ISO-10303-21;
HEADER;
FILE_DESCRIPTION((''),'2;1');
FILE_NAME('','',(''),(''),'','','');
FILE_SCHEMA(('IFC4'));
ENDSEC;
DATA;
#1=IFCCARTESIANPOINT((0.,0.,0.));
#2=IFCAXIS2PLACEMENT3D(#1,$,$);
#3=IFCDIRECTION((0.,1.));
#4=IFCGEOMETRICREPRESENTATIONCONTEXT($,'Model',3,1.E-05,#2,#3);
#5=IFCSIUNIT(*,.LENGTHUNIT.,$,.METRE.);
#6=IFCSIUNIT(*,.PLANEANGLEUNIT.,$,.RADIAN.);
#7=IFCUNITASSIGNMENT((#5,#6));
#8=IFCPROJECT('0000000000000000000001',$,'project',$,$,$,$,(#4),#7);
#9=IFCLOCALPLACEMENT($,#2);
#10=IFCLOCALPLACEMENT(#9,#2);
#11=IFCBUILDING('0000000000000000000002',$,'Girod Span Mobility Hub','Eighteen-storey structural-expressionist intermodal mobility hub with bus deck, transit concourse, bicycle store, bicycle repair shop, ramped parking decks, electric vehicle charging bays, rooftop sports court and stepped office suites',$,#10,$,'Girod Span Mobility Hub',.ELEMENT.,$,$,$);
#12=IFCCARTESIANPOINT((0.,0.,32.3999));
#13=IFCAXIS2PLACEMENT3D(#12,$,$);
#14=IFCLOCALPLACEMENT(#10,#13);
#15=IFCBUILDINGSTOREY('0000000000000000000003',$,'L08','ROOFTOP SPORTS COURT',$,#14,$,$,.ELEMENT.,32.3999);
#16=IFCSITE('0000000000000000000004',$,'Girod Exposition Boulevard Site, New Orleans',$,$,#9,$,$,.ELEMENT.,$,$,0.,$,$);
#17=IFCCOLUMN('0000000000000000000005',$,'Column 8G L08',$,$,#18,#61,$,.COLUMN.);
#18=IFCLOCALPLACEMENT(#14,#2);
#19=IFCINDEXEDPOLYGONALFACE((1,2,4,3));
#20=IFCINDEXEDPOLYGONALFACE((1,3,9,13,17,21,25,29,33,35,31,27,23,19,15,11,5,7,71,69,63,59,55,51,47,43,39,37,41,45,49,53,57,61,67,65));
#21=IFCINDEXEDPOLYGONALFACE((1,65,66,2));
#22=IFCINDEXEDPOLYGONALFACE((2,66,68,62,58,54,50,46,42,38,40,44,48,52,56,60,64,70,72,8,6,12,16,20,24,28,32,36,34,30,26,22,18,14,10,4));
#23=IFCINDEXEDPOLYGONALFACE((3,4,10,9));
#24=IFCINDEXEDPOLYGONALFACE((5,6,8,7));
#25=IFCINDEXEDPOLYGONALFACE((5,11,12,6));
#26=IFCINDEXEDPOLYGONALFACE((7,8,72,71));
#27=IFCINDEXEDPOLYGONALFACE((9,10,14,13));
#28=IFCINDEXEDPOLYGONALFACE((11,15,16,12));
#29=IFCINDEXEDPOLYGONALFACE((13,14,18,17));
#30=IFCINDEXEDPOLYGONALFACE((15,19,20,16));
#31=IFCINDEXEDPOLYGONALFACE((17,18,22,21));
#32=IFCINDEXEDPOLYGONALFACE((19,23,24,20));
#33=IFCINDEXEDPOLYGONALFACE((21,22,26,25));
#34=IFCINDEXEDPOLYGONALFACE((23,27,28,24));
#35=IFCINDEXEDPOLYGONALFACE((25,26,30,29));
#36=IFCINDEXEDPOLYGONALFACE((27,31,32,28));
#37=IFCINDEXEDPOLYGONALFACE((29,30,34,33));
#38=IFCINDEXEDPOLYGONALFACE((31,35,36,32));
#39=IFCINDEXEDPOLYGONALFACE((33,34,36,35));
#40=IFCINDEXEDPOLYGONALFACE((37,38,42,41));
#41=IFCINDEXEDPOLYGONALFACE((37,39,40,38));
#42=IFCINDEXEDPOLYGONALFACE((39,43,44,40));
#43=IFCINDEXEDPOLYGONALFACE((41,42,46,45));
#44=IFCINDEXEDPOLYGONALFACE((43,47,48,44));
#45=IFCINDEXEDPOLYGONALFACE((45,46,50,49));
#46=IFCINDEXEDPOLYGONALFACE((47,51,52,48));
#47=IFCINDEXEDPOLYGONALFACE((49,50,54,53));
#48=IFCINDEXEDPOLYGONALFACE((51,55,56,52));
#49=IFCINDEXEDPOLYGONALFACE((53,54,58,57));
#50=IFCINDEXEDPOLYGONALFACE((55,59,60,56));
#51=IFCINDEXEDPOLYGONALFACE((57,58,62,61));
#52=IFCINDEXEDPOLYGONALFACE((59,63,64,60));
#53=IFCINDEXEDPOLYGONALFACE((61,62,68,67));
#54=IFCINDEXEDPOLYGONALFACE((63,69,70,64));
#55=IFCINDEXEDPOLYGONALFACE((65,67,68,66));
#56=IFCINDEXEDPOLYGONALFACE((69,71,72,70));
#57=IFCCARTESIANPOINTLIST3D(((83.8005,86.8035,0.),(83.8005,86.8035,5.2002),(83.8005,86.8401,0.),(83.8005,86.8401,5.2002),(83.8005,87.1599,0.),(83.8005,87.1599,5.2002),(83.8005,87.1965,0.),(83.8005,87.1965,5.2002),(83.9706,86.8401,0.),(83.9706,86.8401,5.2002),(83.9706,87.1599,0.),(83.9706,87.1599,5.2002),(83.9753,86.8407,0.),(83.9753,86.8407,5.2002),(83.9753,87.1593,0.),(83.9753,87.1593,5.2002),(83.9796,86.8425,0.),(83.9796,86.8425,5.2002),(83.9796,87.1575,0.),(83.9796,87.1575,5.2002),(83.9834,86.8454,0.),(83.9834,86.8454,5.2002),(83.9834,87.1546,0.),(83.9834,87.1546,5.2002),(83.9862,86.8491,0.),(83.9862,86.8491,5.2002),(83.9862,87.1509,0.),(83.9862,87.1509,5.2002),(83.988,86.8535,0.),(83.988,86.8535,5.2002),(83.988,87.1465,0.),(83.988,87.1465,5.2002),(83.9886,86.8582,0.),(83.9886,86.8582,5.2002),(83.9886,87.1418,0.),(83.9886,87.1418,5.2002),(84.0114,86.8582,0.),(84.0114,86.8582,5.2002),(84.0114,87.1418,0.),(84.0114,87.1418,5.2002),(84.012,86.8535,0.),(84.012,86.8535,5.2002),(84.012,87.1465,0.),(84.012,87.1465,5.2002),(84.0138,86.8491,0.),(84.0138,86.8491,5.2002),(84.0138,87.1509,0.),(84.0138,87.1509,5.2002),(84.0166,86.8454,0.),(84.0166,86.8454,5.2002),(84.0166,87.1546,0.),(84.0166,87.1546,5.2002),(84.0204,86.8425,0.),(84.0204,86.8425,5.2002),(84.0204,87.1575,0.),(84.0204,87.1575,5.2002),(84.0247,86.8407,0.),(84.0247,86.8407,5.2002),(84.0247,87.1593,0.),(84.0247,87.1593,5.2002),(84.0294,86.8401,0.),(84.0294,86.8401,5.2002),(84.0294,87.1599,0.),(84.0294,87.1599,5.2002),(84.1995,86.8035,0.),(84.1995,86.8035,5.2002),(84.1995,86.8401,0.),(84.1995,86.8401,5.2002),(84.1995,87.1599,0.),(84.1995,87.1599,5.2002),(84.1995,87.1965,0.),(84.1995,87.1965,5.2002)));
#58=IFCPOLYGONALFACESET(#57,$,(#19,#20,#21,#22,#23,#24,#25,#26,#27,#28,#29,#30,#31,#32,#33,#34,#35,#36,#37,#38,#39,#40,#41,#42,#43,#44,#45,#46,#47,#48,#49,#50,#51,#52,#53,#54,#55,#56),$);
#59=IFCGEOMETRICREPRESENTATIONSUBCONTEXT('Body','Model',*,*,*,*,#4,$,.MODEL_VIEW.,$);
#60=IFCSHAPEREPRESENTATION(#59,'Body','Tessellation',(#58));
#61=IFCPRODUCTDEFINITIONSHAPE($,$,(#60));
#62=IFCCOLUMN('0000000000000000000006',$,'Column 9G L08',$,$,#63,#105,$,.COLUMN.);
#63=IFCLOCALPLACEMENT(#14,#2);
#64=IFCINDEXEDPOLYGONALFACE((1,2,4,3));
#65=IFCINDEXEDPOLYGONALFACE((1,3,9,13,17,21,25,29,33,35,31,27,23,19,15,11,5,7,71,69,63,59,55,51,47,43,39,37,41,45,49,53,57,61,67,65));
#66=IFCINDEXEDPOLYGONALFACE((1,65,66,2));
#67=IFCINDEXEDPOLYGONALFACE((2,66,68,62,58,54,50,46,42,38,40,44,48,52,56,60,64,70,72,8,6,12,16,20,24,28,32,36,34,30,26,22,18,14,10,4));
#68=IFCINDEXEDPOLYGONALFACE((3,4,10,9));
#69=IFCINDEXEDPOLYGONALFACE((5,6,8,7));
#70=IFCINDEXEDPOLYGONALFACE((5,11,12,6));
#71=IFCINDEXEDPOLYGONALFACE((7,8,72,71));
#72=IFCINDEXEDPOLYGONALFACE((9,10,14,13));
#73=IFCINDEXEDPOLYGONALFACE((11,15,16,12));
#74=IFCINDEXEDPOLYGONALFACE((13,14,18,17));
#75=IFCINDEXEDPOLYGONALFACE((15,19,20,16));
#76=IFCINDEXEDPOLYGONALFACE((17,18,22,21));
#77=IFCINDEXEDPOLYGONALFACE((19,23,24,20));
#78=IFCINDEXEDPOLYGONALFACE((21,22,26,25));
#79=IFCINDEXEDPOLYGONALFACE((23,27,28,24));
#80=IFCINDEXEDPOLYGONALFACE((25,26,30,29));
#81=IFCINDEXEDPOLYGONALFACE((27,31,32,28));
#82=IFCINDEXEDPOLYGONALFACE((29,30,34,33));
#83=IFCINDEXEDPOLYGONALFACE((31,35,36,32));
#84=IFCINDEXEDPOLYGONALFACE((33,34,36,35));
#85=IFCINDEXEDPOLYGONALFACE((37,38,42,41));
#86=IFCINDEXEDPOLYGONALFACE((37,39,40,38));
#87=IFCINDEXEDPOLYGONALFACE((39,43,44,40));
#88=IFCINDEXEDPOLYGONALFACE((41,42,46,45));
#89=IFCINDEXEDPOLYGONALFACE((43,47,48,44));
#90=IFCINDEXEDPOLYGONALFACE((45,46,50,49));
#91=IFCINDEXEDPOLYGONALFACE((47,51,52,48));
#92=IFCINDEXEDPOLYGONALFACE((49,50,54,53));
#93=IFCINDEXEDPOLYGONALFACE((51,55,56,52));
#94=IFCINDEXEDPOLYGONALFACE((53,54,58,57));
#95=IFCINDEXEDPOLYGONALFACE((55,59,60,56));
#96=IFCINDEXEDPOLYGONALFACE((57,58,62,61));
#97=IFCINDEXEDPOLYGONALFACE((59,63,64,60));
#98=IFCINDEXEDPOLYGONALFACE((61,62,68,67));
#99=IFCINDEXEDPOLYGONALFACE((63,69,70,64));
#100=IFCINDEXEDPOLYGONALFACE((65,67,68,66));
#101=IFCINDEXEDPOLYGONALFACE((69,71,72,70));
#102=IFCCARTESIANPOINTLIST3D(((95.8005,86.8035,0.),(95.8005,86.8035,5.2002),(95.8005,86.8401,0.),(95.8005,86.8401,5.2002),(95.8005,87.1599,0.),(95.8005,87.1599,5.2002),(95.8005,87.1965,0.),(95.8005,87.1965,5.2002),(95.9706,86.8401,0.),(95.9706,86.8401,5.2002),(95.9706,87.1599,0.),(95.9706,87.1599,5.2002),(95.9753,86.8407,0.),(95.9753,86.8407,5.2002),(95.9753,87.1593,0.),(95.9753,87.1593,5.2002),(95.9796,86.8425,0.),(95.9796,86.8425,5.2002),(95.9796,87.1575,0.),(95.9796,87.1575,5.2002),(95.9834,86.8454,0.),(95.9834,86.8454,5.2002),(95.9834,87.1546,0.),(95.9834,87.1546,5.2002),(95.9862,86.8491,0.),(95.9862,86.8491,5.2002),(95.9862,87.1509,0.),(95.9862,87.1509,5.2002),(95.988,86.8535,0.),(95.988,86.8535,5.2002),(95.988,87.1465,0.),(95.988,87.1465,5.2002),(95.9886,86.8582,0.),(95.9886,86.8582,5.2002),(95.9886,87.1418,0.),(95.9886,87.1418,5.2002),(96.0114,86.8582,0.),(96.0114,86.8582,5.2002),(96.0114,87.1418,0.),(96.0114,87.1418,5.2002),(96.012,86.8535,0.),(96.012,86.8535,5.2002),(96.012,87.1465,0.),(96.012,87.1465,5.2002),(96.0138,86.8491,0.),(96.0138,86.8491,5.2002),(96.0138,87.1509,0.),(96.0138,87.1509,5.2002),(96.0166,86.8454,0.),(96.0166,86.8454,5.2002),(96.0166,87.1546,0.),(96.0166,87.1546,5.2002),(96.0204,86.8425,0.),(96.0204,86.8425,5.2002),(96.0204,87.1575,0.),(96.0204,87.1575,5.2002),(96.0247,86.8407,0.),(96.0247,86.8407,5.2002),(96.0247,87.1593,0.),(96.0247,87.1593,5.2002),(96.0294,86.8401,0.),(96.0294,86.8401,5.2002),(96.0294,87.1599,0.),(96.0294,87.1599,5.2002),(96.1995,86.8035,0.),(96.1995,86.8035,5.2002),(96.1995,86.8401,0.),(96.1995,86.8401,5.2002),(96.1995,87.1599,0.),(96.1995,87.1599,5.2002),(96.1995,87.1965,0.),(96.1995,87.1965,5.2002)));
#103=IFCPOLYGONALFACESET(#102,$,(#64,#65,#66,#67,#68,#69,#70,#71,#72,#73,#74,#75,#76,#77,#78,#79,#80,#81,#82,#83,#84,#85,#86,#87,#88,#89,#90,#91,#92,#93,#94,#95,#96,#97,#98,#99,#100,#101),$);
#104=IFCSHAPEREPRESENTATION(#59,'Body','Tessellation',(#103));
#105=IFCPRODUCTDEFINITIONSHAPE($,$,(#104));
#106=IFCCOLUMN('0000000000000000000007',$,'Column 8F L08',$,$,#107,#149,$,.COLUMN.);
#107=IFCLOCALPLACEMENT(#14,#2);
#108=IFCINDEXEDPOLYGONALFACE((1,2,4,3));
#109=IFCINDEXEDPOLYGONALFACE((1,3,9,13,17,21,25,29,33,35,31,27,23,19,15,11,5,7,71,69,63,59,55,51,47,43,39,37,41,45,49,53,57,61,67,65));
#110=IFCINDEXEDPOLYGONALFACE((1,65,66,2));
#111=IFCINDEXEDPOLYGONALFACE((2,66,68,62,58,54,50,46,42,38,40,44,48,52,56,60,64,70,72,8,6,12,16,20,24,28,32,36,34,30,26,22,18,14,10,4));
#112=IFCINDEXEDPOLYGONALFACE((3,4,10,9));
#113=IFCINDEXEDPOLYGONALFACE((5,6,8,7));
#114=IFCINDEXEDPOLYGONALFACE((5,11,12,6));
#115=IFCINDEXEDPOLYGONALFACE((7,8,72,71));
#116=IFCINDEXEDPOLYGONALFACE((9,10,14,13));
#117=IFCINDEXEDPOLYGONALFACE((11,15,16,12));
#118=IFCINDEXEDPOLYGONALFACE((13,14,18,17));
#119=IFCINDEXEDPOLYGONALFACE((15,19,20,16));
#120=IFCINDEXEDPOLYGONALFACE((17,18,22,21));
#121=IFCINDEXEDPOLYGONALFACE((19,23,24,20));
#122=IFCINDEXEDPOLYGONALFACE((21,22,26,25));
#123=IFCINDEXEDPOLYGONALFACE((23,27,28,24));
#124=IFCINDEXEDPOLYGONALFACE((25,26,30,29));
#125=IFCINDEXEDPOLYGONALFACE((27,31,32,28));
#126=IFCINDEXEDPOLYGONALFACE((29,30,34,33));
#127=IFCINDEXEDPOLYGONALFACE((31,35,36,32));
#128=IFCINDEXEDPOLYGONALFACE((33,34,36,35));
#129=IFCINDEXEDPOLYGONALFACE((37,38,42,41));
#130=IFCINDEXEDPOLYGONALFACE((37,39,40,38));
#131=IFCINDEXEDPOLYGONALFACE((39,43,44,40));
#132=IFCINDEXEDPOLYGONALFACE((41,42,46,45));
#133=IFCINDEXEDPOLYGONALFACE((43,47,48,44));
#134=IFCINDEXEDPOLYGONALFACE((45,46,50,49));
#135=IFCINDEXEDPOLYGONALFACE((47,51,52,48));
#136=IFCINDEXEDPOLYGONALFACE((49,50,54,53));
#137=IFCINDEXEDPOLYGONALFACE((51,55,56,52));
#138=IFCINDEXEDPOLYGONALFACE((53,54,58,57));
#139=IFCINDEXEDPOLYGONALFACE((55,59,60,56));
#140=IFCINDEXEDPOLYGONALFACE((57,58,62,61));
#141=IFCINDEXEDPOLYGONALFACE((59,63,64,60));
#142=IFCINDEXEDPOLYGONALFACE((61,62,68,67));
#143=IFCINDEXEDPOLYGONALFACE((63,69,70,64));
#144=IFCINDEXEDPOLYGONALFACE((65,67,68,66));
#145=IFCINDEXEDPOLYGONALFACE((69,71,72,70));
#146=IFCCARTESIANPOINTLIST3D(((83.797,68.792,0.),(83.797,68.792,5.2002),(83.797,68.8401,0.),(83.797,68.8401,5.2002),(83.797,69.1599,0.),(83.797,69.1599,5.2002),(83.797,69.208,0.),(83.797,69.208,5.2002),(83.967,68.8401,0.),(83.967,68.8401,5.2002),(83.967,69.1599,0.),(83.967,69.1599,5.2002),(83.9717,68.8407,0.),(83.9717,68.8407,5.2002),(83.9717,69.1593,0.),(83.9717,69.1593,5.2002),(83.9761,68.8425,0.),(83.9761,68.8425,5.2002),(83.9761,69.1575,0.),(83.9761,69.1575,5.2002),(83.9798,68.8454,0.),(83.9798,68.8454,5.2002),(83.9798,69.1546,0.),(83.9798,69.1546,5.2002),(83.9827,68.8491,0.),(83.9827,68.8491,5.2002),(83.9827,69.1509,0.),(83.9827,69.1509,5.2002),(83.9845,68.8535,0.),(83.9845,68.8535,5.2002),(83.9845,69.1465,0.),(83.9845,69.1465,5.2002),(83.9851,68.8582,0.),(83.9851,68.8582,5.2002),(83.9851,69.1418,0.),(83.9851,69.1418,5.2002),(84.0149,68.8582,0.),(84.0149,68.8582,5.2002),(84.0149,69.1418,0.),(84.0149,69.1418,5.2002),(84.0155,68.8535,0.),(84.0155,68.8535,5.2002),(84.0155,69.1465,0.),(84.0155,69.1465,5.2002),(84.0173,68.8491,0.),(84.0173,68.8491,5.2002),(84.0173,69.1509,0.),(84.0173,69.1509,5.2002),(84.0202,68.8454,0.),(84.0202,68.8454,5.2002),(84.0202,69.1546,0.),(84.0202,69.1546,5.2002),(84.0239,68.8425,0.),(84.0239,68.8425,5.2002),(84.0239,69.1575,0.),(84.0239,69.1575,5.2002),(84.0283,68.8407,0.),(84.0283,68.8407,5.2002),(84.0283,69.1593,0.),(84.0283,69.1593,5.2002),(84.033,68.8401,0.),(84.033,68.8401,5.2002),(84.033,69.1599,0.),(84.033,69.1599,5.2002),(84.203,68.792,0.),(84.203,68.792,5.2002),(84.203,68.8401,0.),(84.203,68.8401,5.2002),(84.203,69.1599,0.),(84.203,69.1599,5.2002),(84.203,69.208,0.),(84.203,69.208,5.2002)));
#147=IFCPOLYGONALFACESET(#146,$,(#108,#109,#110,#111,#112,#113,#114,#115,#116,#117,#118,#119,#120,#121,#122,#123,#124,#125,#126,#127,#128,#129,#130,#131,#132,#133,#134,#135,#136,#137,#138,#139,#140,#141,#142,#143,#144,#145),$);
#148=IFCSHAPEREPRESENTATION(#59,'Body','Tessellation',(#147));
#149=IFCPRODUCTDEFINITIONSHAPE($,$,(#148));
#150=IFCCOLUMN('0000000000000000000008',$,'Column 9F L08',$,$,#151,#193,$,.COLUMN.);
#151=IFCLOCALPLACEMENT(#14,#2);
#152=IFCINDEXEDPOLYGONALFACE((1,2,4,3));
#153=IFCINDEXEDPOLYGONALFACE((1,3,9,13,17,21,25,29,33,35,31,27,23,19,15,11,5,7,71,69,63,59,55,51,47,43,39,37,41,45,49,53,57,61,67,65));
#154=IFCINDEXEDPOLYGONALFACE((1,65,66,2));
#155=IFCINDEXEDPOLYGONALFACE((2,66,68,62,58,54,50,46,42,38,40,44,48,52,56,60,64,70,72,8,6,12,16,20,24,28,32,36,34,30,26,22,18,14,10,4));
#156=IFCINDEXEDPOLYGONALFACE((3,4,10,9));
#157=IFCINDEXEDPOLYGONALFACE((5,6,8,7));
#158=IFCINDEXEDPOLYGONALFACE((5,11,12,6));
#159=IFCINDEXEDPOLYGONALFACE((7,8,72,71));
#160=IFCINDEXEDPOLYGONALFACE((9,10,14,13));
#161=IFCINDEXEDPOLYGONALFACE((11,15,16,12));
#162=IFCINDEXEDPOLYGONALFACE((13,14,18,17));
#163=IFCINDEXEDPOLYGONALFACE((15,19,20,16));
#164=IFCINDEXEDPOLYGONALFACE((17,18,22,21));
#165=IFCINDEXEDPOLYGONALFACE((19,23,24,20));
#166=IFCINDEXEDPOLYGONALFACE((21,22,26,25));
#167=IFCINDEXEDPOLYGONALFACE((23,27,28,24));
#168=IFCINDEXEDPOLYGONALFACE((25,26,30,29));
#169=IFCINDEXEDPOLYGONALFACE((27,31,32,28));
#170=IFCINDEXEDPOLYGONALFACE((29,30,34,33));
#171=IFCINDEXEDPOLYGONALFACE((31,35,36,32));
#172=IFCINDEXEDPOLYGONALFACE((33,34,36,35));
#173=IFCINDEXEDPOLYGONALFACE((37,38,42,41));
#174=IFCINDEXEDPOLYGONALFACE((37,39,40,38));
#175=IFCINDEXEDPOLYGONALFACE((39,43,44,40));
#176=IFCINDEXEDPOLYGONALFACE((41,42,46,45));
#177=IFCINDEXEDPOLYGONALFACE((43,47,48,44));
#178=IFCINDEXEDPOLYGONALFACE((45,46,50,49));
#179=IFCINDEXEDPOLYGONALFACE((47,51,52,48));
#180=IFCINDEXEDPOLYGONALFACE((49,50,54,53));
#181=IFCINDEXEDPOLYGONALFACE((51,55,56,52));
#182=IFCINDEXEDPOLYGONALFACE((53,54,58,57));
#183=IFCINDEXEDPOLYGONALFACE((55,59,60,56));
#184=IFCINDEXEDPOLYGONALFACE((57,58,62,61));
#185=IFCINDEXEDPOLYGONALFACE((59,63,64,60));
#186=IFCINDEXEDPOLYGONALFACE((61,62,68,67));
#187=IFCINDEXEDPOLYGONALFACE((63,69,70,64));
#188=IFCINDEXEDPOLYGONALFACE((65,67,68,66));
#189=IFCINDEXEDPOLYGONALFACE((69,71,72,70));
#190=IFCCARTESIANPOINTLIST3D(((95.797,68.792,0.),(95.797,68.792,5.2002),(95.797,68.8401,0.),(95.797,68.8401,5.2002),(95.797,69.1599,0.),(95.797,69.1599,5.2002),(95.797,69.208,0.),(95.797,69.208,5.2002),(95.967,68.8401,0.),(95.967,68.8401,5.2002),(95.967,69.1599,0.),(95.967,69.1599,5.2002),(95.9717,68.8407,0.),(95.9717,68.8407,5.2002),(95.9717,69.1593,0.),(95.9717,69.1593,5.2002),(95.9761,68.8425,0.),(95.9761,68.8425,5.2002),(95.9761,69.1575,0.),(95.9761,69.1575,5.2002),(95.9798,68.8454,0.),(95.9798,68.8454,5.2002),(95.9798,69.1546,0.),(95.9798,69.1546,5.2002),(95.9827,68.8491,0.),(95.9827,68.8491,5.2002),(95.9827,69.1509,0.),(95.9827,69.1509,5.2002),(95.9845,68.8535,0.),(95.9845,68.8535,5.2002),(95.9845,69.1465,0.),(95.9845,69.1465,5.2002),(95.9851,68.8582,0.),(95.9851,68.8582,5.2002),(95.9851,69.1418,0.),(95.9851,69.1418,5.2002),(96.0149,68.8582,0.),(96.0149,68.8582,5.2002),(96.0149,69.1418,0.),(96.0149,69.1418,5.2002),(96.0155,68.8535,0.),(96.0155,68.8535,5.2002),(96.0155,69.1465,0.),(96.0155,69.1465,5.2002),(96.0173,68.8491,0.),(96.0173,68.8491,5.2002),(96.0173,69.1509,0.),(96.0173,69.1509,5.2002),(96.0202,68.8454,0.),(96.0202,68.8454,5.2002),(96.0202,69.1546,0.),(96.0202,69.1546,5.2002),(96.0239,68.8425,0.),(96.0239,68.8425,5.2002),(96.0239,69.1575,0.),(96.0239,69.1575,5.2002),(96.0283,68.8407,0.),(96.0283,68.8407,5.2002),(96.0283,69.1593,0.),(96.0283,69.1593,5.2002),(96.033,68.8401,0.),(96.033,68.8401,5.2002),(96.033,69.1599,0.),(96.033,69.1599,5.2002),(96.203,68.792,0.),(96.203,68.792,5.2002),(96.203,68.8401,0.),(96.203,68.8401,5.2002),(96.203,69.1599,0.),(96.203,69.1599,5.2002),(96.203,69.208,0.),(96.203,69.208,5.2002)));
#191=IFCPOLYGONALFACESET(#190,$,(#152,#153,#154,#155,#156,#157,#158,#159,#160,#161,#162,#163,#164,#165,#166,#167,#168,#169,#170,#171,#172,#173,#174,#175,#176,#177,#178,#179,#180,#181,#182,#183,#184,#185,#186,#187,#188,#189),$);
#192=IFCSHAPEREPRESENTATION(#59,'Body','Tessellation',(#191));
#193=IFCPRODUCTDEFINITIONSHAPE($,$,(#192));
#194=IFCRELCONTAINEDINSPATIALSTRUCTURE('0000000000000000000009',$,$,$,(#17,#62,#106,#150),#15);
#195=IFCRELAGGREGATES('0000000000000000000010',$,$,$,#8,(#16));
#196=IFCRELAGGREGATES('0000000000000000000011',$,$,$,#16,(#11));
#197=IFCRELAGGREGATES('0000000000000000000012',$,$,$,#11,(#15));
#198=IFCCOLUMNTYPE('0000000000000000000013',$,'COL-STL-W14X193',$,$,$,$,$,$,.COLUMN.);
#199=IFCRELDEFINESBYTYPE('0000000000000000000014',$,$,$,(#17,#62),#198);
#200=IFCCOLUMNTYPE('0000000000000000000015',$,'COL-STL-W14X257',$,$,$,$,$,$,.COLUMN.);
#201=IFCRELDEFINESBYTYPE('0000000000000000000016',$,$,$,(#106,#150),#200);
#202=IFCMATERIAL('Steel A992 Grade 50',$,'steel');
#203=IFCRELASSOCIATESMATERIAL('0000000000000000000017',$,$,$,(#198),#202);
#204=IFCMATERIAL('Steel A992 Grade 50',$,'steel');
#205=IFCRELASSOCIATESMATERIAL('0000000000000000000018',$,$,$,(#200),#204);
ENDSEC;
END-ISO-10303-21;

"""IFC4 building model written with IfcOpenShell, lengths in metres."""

from ifc_helpers import new_model, si_unit, direction, frame, origin, origin_2d, place, context, subcontext, project, spatial, i_section, extrude, material, material_profile, profile_set, type_object, element, save


model = new_model("IFC4")

# Units and contexts
model_context = context("Model", 3, precision=1e-05, world=origin(), true_north=direction((0.0, 1.0)))
body_context = subcontext(model_context, "Body", "Model", "MODEL_VIEW")
ifc_project = project(units=[si_unit("LENGTHUNIT", "METRE"), si_unit("PLANEANGLEUNIT", "RADIAN")], contexts=[model_context])

# Site, building, storey
site_placement = place(None, origin())
site = spatial("IfcSite", under=ifc_project, at=site_placement, Name="Girod Exposition Boulevard Site, New Orleans", CompositionType="ELEMENT", RefElevation=0.0)
building_placement = place(site_placement, origin())
building = spatial("IfcBuilding", under=site, at=building_placement, Name="Girod Span Mobility Hub", Description="Eighteen-storey structural-expressionist intermodal mobility hub with bus deck, transit concourse, bicycle store, bicycle repair shop, ramped parking decks, electric vehicle charging bays, rooftop sports court and stepped office suites", LongName="Girod Span Mobility Hub", CompositionType="ELEMENT")
storey_placement = place(building_placement, frame((0.0, 0.0, 32.3999)))
storey = spatial("IfcBuildingStorey", under=building, at=storey_placement, Name="L08", Description="ROOFTOP SPORTS COURT", CompositionType="ELEMENT", Elevation=32.3999)

# Columns
ifc_material_1 = material(Name="Steel A992 Grade 50", Category="steel")
ifc_material_profile_1 = material_profile(ifc_material_1, i_section(OverallWidth=0.3989, OverallDepth=0.3931, WebThickness=0.0227, FlangeThickness=0.0366, FilletRadius=0.0181, at=origin_2d()), Name="W14X193")
ifc_profile_set_1 = profile_set([ifc_material_profile_1], Name="Steel A992 Grade 50")
column_type_1 = type_object("IfcColumnType", Name="COL-STL-W14X193", PredefinedType="COLUMN", material=ifc_profile_set_1)
for number, where, z_axis, x_axis, name in (
    (1, (84.0, 87.0, 0.0), (0.0, 0.0, 1.0), (1.0, 0.0, 0.0), "Column 8G L08"),
    (2, (96.0, 87.0, 0.0), (0.0, 0.0, 1.0), (1.0, 0.0, 0.0), "Column 9G L08"),
):
    element("IfcColumn", number, at=place(storey_placement, frame(where, z_axis=z_axis, x_axis=x_axis)), inside=storey, type_object=column_type_1, Name=name, PredefinedType="COLUMN", context=body_context, shape_type="SweptSolid", body=[
        extrude(i_section(OverallWidth=0.3989, OverallDepth=0.3931, WebThickness=0.0227, FlangeThickness=0.0366, FilletRadius=0.0181, at=origin_2d()), origin(), (0.0, 0.0, 1.0), 5.2002),
    ])
ifc_material_2 = material(Name="Steel A992 Grade 50", Category="steel")
ifc_material_profile_2 = material_profile(ifc_material_2, i_section(OverallWidth=0.406, OverallDepth=0.416, WebThickness=0.0298, FlangeThickness=0.0481, FilletRadius=0.0181, at=origin_2d()), Name="W14X257")
ifc_profile_set_2 = profile_set([ifc_material_profile_2], Name="Steel A992 Grade 50")
column_type_2 = type_object("IfcColumnType", Name="COL-STL-W14X257", PredefinedType="COLUMN", material=ifc_profile_set_2)
for number, where, z_axis, x_axis, name in (
    (3, (84.0, 69.0, 0.0), (0.0, 0.0, 1.0), (1.0, 0.0, 0.0), "Column 8F L08"),
    (4, (96.0, 69.0, 0.0), (0.0, 0.0, 1.0), (1.0, 0.0, 0.0), "Column 9F L08"),
):
    element("IfcColumn", number, at=place(storey_placement, frame(where, z_axis=z_axis, x_axis=x_axis)), inside=storey, type_object=column_type_2, Name=name, PredefinedType="COLUMN", context=body_context, shape_type="SweptSolid", body=[
        extrude(i_section(OverallWidth=0.406, OverallDepth=0.416, WebThickness=0.0298, FlangeThickness=0.0481, FilletRadius=0.0181, at=origin_2d()), origin(), (0.0, 0.0, 1.0), 5.2002),
    ])

save(model, "model.ifc")
